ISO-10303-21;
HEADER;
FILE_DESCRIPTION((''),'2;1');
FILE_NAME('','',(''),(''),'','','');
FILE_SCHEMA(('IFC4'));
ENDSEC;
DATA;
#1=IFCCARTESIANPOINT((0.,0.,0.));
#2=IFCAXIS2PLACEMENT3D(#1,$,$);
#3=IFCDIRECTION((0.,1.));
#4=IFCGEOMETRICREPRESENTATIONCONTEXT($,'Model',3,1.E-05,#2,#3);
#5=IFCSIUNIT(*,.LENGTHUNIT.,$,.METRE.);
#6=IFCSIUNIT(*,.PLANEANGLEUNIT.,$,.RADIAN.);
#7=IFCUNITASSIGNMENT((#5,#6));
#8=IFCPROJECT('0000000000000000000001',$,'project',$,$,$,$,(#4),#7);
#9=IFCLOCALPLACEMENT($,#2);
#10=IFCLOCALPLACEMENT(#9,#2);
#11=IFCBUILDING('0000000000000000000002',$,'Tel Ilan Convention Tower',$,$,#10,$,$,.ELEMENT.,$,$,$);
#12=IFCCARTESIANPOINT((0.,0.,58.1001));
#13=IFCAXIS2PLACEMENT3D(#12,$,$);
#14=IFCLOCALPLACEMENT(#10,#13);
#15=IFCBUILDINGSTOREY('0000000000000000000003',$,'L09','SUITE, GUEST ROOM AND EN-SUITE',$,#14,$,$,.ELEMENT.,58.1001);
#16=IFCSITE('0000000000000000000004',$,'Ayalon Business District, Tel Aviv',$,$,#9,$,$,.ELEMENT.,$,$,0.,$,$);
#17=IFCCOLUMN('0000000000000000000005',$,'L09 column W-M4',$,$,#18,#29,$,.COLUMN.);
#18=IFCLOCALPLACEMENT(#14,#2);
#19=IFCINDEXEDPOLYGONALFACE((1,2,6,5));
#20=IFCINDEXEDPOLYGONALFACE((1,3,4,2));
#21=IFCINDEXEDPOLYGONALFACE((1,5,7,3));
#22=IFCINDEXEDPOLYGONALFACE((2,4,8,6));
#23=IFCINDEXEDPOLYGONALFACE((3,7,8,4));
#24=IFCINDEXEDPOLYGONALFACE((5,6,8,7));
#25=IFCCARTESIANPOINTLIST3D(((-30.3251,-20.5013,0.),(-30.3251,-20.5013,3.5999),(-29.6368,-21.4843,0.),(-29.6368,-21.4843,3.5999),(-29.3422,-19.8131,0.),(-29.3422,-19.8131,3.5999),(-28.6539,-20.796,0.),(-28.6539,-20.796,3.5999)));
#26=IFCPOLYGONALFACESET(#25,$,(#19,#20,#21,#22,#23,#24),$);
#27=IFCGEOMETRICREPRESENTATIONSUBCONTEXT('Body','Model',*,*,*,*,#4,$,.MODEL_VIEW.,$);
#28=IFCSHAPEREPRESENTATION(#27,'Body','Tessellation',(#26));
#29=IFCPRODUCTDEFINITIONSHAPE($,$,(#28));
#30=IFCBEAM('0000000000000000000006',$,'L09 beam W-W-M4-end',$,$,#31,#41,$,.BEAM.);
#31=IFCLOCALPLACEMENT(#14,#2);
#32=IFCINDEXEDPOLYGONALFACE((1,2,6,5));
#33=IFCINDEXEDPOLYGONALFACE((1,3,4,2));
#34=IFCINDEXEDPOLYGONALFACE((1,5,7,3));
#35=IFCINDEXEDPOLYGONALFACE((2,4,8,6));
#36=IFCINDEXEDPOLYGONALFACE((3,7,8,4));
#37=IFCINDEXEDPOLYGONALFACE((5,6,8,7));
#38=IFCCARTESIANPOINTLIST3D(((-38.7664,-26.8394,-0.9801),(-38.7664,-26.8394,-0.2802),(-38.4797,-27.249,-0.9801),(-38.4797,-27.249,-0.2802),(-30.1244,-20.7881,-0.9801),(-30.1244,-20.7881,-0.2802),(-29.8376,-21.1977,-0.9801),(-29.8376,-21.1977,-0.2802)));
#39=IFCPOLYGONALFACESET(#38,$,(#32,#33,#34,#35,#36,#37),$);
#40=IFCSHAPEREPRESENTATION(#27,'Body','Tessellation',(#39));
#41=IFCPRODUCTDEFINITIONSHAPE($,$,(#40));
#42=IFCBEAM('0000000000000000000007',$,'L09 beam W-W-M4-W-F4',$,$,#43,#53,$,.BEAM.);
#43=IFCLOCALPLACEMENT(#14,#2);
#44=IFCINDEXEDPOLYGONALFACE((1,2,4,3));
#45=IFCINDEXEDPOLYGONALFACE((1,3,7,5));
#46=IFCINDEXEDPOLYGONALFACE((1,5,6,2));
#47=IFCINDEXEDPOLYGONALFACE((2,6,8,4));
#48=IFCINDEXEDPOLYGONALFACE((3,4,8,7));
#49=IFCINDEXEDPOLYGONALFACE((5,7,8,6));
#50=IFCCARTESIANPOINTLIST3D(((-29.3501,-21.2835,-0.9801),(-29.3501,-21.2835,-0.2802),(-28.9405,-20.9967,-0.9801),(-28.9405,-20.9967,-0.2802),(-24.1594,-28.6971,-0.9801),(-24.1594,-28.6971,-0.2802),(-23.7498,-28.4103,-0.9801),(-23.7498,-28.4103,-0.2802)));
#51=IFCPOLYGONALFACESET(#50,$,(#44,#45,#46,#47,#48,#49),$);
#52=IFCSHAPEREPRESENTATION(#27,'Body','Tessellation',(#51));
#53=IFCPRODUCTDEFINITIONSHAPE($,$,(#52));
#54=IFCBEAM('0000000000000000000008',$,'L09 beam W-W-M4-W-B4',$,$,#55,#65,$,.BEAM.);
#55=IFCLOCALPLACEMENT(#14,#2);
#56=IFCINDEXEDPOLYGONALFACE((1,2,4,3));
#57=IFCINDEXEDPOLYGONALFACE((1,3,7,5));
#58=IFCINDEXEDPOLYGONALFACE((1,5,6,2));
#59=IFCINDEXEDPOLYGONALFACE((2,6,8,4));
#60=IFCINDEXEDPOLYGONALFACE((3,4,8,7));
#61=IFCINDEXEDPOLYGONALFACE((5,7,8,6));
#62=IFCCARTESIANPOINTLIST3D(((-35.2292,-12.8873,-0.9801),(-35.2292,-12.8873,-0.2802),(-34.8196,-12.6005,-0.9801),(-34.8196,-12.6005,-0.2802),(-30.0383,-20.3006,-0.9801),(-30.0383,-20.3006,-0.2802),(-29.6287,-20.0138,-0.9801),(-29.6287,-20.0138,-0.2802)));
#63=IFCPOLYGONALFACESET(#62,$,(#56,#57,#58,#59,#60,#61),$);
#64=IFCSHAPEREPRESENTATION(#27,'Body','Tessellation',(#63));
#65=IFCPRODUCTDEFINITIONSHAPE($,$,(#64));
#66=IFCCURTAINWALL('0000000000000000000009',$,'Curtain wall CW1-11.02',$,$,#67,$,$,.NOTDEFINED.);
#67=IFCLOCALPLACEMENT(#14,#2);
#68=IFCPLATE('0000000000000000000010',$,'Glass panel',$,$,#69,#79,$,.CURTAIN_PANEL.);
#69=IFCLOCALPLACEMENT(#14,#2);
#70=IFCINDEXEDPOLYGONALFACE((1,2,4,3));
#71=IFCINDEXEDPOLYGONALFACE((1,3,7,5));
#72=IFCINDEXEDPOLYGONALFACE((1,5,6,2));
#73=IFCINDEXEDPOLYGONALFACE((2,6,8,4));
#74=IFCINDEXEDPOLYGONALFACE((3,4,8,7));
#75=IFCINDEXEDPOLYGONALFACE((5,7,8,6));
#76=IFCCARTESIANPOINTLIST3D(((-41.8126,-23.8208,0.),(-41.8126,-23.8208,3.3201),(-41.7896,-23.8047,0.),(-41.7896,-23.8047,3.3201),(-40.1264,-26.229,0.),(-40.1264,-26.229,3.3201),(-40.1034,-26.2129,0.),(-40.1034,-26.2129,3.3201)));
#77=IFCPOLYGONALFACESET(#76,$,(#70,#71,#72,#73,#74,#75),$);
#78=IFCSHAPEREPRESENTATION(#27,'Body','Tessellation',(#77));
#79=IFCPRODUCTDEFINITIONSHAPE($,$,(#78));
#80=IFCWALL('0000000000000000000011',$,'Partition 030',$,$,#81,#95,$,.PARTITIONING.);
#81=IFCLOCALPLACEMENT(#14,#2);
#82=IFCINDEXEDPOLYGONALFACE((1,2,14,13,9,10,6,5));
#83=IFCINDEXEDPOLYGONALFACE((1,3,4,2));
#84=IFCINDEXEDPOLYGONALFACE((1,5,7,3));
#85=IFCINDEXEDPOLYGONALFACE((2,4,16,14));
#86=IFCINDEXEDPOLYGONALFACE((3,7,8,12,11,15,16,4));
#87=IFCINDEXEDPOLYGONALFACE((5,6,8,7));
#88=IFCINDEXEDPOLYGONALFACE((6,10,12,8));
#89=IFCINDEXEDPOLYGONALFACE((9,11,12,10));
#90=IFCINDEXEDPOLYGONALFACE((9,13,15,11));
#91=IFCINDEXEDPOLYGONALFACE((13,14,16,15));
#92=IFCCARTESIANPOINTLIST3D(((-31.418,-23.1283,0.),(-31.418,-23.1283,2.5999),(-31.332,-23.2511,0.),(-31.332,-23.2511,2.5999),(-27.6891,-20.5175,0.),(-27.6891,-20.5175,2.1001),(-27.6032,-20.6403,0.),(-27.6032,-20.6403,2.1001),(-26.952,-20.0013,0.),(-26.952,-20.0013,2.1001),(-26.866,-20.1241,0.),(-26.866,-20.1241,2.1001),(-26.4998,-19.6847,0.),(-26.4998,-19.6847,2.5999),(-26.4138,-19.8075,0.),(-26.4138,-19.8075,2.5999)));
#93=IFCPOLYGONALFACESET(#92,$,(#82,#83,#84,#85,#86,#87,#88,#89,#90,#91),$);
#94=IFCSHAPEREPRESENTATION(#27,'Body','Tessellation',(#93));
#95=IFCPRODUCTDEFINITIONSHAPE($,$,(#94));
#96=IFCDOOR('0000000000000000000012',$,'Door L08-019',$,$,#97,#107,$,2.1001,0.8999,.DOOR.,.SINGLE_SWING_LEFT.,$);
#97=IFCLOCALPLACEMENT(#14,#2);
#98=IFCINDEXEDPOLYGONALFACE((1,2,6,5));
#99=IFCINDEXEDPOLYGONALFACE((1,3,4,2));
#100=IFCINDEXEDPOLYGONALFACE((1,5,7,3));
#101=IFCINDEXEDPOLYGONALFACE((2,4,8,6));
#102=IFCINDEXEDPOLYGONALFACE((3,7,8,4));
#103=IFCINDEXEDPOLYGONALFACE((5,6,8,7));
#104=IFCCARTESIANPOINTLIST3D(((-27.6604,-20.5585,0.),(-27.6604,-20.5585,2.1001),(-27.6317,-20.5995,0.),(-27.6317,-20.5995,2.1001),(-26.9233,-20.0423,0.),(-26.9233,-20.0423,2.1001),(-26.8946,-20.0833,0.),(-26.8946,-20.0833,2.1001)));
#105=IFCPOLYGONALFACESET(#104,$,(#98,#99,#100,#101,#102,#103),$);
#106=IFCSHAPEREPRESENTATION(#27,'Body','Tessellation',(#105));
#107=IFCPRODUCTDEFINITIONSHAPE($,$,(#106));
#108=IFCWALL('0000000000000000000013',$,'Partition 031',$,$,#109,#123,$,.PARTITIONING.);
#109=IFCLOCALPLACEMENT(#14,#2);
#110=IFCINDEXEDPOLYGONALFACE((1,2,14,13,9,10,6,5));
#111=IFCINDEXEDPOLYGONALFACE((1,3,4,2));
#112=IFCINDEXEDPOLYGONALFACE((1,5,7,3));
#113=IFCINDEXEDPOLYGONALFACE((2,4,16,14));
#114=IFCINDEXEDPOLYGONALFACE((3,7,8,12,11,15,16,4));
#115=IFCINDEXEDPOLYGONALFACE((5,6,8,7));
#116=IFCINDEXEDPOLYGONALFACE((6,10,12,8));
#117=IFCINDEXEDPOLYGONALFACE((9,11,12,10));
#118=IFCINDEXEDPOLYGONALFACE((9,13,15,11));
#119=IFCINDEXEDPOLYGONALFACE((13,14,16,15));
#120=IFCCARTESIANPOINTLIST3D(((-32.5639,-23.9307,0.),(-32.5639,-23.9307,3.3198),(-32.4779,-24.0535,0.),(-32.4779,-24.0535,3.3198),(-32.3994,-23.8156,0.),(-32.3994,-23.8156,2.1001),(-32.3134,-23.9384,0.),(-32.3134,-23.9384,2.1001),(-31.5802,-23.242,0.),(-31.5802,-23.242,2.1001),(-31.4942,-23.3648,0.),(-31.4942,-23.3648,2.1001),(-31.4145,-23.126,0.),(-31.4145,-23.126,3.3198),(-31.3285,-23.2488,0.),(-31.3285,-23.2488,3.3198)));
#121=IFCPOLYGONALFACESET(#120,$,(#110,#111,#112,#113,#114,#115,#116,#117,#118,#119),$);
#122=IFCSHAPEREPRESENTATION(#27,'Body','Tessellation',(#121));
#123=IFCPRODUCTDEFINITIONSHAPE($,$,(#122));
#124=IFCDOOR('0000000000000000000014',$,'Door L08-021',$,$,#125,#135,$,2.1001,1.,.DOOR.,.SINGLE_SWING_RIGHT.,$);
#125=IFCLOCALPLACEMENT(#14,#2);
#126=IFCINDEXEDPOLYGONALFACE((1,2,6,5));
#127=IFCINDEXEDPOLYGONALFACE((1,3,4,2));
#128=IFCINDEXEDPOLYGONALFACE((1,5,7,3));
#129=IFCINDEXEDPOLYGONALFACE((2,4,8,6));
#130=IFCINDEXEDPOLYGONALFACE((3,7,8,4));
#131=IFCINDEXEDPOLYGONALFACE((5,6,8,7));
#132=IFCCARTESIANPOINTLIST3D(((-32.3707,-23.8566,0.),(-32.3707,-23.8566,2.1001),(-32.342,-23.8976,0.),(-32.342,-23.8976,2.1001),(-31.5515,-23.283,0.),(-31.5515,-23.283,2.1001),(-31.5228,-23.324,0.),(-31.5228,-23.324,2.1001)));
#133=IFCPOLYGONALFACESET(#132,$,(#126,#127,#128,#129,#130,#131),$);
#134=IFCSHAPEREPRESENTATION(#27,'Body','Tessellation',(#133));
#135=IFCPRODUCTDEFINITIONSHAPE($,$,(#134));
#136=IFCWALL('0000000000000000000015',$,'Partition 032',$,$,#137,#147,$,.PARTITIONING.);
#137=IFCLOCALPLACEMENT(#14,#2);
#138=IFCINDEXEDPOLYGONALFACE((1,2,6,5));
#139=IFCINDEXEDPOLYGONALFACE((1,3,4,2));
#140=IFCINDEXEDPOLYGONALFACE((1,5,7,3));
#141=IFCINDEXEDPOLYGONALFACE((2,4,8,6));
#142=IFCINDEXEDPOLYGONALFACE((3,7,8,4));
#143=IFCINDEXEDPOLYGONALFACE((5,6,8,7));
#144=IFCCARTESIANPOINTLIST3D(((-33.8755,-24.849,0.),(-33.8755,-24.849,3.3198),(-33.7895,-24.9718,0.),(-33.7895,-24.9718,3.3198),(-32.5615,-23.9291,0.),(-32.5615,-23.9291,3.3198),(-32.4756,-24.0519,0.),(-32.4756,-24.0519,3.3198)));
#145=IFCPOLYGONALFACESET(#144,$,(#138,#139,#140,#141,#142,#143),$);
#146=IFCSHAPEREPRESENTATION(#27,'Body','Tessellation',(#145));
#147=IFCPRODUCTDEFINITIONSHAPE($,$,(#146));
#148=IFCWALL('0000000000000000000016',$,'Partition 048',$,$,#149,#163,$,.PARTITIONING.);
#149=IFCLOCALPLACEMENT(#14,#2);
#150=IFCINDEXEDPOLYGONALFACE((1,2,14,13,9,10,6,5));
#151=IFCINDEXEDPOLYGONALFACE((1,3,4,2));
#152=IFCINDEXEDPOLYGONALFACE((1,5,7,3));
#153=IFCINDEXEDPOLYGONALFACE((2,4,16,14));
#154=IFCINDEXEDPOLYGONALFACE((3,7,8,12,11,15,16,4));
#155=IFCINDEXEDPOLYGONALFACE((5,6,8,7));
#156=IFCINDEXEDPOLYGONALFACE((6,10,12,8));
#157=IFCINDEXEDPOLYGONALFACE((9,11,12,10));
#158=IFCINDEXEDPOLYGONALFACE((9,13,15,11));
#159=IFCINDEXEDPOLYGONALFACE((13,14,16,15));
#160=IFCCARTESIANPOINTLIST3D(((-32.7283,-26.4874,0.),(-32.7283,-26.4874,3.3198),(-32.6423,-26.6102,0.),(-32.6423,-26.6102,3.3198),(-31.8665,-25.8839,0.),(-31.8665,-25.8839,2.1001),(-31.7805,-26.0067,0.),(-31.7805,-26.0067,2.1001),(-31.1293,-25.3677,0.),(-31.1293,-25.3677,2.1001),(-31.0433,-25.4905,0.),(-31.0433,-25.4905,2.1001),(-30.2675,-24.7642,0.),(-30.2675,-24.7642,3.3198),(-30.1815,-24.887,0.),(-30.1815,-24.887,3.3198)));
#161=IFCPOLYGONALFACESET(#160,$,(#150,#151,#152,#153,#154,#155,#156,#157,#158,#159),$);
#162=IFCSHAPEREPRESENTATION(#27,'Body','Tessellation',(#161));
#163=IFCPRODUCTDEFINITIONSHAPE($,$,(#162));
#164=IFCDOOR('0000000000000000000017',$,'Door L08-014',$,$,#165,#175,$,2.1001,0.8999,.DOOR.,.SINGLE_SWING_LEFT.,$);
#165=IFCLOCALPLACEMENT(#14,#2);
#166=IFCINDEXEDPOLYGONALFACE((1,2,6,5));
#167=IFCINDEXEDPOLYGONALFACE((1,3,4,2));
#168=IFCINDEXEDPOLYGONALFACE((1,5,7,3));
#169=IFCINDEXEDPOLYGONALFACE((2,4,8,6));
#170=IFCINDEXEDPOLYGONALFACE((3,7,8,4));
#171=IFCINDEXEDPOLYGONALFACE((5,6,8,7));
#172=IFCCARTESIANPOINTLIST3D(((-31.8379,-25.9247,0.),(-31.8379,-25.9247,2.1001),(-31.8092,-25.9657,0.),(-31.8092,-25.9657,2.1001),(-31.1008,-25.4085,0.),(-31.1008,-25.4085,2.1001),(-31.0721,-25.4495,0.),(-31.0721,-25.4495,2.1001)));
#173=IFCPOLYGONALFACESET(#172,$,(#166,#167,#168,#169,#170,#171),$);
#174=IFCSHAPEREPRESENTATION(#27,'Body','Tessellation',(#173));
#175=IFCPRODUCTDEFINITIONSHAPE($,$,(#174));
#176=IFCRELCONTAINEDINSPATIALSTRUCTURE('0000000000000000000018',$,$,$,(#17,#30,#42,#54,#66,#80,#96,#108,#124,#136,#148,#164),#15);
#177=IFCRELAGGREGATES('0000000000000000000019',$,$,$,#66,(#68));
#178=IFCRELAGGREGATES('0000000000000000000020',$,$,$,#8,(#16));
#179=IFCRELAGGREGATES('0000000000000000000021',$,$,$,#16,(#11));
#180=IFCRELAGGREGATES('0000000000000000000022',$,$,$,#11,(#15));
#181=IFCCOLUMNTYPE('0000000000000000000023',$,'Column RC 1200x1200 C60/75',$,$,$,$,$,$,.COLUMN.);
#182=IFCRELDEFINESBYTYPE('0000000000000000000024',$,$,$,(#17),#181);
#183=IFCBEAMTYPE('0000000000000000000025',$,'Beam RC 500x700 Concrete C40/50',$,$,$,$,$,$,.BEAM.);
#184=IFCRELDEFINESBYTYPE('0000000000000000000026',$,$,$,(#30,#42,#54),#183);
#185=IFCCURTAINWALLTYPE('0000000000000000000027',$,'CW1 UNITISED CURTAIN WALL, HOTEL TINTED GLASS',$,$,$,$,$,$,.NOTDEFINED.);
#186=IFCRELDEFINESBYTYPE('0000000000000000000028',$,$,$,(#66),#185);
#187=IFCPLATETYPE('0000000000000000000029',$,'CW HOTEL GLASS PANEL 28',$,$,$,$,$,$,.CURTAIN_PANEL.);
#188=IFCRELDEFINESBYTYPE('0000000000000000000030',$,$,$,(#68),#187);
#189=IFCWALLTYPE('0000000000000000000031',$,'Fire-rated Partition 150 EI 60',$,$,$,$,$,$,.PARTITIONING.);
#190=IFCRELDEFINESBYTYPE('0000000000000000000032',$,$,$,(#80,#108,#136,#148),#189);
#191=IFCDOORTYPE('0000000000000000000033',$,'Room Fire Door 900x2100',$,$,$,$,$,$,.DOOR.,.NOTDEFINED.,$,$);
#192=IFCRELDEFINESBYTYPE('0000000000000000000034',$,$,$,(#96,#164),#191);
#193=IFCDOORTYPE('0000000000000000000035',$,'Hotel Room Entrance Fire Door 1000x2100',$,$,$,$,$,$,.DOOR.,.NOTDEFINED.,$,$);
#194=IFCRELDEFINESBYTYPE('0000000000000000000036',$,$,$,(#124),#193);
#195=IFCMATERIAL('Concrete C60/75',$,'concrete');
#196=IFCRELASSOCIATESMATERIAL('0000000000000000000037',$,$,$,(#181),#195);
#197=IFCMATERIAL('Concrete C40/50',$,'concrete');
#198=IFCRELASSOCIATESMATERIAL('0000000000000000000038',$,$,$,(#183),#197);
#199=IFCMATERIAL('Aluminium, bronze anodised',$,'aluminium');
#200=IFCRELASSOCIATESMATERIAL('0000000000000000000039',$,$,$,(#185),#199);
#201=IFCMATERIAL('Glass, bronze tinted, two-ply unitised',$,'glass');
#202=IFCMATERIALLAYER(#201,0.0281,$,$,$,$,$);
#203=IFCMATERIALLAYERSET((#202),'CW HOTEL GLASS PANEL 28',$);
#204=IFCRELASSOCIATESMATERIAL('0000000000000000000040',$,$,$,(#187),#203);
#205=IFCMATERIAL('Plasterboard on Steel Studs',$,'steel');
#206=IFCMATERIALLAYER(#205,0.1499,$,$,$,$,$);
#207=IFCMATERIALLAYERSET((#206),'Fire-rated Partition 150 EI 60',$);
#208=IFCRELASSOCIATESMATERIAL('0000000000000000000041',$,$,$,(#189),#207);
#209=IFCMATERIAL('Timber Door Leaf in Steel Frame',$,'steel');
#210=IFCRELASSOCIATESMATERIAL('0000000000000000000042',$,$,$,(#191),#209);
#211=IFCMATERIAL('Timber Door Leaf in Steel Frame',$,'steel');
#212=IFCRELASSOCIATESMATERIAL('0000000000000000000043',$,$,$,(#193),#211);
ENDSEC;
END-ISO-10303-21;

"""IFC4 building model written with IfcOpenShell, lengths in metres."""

from ifc_helpers import new_model, si_unit, direction, frame, frame_2d, origin, origin_2d, place, context, subcontext, project, spatial, rectangle, extrude, material, layer, layer_set, material_profile, profile_set, type_object, element, fill, aggregate, save


model = new_model("IFC4")

# Units and contexts
model_context = context("Model", 3, precision=1e-05, world=origin(), true_north=direction((0.0, 1.0)))
body_context = subcontext(model_context, "Body", "Model", "MODEL_VIEW")
ifc_project = project(units=[si_unit("LENGTHUNIT", "METRE"), si_unit("PLANEANGLEUNIT", "RADIAN")], contexts=[model_context])

# Site, building, storey
site_placement = place(None, origin())
site = spatial("IfcSite", under=ifc_project, at=site_placement, Name="Ayalon Business District, Tel Aviv", CompositionType="ELEMENT", RefElevation=0.0)
building_placement = place(site_placement, origin())
building = spatial("IfcBuilding", under=site, at=building_placement, Name="Tel Ilan Convention Tower", CompositionType="ELEMENT")
storey_placement = place(building_placement, frame((0.0, 0.0, 58.1001)))
storey = spatial("IfcBuildingStorey", under=building, at=storey_placement, Name="L09", Description="SUITE, GUEST ROOM AND EN-SUITE", CompositionType="ELEMENT", Elevation=58.1001)

# Column
ifc_material_1 = material(Name="Concrete C60/75", Category="concrete")
ifc_material_profile_1 = material_profile(ifc_material_1, rectangle(XDim=1.2, YDim=1.2, at=origin_2d()), Name="RC 1200x1200")
ifc_profile_set_1 = profile_set([ifc_material_profile_1], Name="Concrete C60/75")
column_type = type_object("IfcColumnType", Name="Column RC 1200x1200 C60/75", PredefinedType="COLUMN", material=ifc_profile_set_1)
column_placement = place(storey_placement, frame((-29.4895, -20.6487, 0.0), z_axis=(0.0, 0.0, 1.0), x_axis=(-0.819152, -0.573576, 0.0)))
element("IfcColumn", 1, at=column_placement, inside=storey, type_object=column_type, Name="L09 column W-M4", PredefinedType="COLUMN", context=body_context, shape_type="SweptSolid", body=[
    extrude(rectangle(XDim=1.2, YDim=1.2, at=origin_2d()), origin(), (0.0, 0.0, 1.0), 3.5999),
])

# Beams
ifc_material_2 = material(Name="Concrete C40/50", Category="concrete")
ifc_material_profile_2 = material_profile(ifc_material_2, rectangle(XDim=0.5, YDim=0.7, at=origin_2d()), Name="RC 500x700")
ifc_profile_set_2 = profile_set([ifc_material_profile_2], Name="Concrete C40/50")
beam_type = type_object("IfcBeamType", Name="Beam RC 500x700 Concrete C40/50", PredefinedType="BEAM", material=ifc_profile_set_2)
beam_placement = place(storey_placement, frame((-29.981, -20.9929, -0.6301), z_axis=(-0.819151, -0.573577, 0.0), x_axis=(0.573577, -0.819151, 0.0)))
element("IfcBeam", 2, at=beam_placement, inside=storey, type_object=beam_type, Name="L09 beam W-W-M4-end", PredefinedType="BEAM", context=body_context, shape_type="SweptSolid", body=[
    extrude(rectangle(XDim=0.5, YDim=0.7, at=origin_2d()), origin(), (0.0, 0.0, 1.0), 10.55),
])
for number, where, z_axis, x_axis, name in (
    (3, (-29.1453, -21.1401, -0.6301), (0.573549, -0.819171, 0.0), (0.819171, 0.573549, 0.0), "L09 beam W-W-M4-W-F4"),
    (4, (-29.8335, -20.1572, -0.6301), (-0.57358, 0.81915, 0.0), (-0.81915, -0.57358, 0.0), "L09 beam W-W-M4-W-B4"),
):
    element("IfcBeam", number, at=place(storey_placement, frame(where, z_axis=z_axis, x_axis=x_axis)), inside=storey, type_object=beam_type, Name=name, PredefinedType="BEAM", context=body_context, shape_type="SweptSolid", body=[
        extrude(rectangle(XDim=0.5, YDim=0.7, at=origin_2d()), origin(), (0.0, 0.0, 1.0), 9.05),
    ])

# Curtain wall, plate
ifc_material_3 = material(Name="Aluminium, bronze anodised", Category="aluminium")
curtain_wall_type = type_object("IfcCurtainWallType", Name="CW1 UNITISED CURTAIN WALL, HOTEL TINTED GLASS", PredefinedType="NOTDEFINED", material=ifc_material_3)
curtain_wall_placement = place(storey_placement, origin())
curtain_wall = element("IfcCurtainWall", 5, at=curtain_wall_placement, inside=storey, type_object=curtain_wall_type, Name="Curtain wall CW1-11.02", PredefinedType="NOTDEFINED")
ifc_material_4 = material(Name="Glass, bronze tinted, two-ply unitised", Category="glass")
ifc_layer_1 = layer(ifc_material_4, 0.0281)
ifc_layer_set_1 = layer_set([ifc_layer_1], Name="CW HOTEL GLASS PANEL 28")
plate_type = type_object("IfcPlateType", Name="CW HOTEL GLASS PANEL 28", PredefinedType="CURTAIN_PANEL", material=ifc_layer_set_1)
plate_placement = place(storey_placement, frame((-40.958, -25.0168, 0.0), z_axis=(0.0, 0.0, 1.0), x_axis=(0.573576, -0.819152, 0.0)))
plate = element("IfcPlate", 6, at=plate_placement, type_object=plate_type, Name="Glass panel", PredefinedType="CURTAIN_PANEL", context=body_context, shape_type="SweptSolid", body=[
    extrude(rectangle(XDim=2.9399, YDim=0.0281, at=origin_2d()), origin(), (0.0, 0.0, 1.0), 3.3201),
])
aggregate(curtain_wall, [plate])

# Walls, openings, doors
ifc_material_5 = material(Name="Plasterboard on Steel Studs", Category="steel")
ifc_layer_2 = layer(ifc_material_5, 0.1499)
ifc_layer_set_2 = layer_set([ifc_layer_2], Name="Fire-rated Partition 150 EI 60")
wall_type_1 = type_object("IfcWallType", Name="Fire-rated Partition 150 EI 60", PredefinedType="PARTITIONING", material=ifc_layer_set_2)
wall_1_placement = place(storey_placement, frame((-31.375, -23.1897, 0.0), z_axis=(0.0, 0.0, 1.0), x_axis=(0.819165, 0.573558, 0.0)))
wall_1 = element("IfcWall", 7, at=wall_1_placement, inside=storey, type_object=wall_type_1, Name="Partition 030", PredefinedType="PARTITIONING", context=body_context, shape_type="SweptSolid", body=[
    extrude(rectangle(XDim=6.0039, YDim=0.1499, at=frame_2d((3.002, 0.0))), origin(), (0.0, 0.0, 1.0), 2.5999),
])
opening_1_placement = place(wall_1_placement, frame((4.552, 0.0, 0.0)))
opening_1 = element("IfcOpeningElement", 8, at=opening_1_placement, cuts=wall_1, PredefinedType="OPENING", context=body_context, shape_type="SweptSolid", body=[
    extrude(rectangle(XDim=0.8999, YDim=2.1001, at=frame_2d((0.45, 1.05))), frame((0.0, 0.085, 0.0), z_axis=(0.0, -1.0, 0.0), x_axis=(1.0, 0.0, 0.0)), (0.0, 0.0, 1.0), 0.1699),
])
ifc_material_6 = material(Name="Timber Door Leaf in Steel Frame", Category="steel")
door_type_1 = type_object("IfcDoorType", Name="Room Fire Door 900x2100", OperationType="NOTDEFINED", PredefinedType="DOOR", material=ifc_material_6)
door_1_placement = place(opening_1_placement, origin())
door_1 = element("IfcDoor", 9, at=door_1_placement, inside=storey, type_object=door_type_1, Name="Door L08-019", OperationType="SINGLE_SWING_LEFT", OverallHeight=2.1001, OverallWidth=0.8999, PredefinedType="DOOR", context=body_context, shape_type="SweptSolid", body=[
    extrude(rectangle(XDim=0.8999, YDim=2.1001, at=frame_2d((0.45, 1.05))), frame((0.0, 0.0249, 0.0), z_axis=(0.0, -1.0, 0.0), x_axis=(1.0, 0.0, 0.0)), (0.0, 0.0, 1.0), 0.05),
])
fill(opening_1, door_1)
wall_2_placement = place(storey_placement, frame((-32.521, -23.9922, 0.0), z_axis=(0.0, 0.0, 1.0), x_axis=(0.819199, 0.573509, 0.0)))
wall_2 = element("IfcWall", 10, at=wall_2_placement, inside=storey, type_object=wall_type_1, Name="Partition 031", PredefinedType="PARTITIONING", context=body_context, shape_type="SweptSolid", body=[
    extrude(rectangle(XDim=1.4031, YDim=0.1499, at=frame_2d((0.7017, 0.0))), origin(), (0.0, 0.0, 1.0), 3.3198),
])
opening_2_placement = place(wall_2_placement, frame((0.2009, 0.0, 0.0)))
opening_2 = element("IfcOpeningElement", 11, at=opening_2_placement, cuts=wall_2, PredefinedType="OPENING", context=body_context, shape_type="SweptSolid", body=[
    extrude(rectangle(XDim=1.0, YDim=2.1001, at=frame_2d((0.5, 1.05))), frame((0.0, 0.085, 0.0), z_axis=(0.0, -1.0, 0.0), x_axis=(1.0, 0.0, 0.0)), (0.0, 0.0, 1.0), 0.1699),
])
ifc_material_7 = material(Name="Timber Door Leaf in Steel Frame", Category="steel")
door_type_2 = type_object("IfcDoorType", Name="Hotel Room Entrance Fire Door 1000x2100", OperationType="NOTDEFINED", PredefinedType="DOOR", material=ifc_material_7)
door_2_placement = place(opening_2_placement, origin())
door_2 = element("IfcDoor", 12, at=door_2_placement, inside=storey, type_object=door_type_2, Name="Door L08-021", OperationType="SINGLE_SWING_RIGHT", OverallHeight=2.1001, OverallWidth=1.0, PredefinedType="DOOR", context=body_context, shape_type="SweptSolid", body=[
    extrude(rectangle(XDim=1.0, YDim=2.1001, at=frame_2d((0.5, 1.05))), frame((0.0, 0.0249, 0.0), z_axis=(0.0, -1.0, 0.0), x_axis=(1.0, 0.0, 0.0)), (0.0, 0.0, 1.0), 0.05),
])
fill(opening_2, door_2)

# Wall
wall_3_placement = place(storey_placement, frame((-33.8325, -24.9104, 0.0), z_axis=(0.0, 0.0, 1.0), x_axis=(0.819189, 0.573524, 0.0)))
element("IfcWall", 13, at=wall_3_placement, inside=storey, type_object=wall_type_1, Name="Partition 032", PredefinedType="PARTITIONING", context=body_context, shape_type="SweptSolid", body=[
    extrude(rectangle(XDim=1.604, YDim=0.1499, at=frame_2d((0.802, 0.0))), origin(), (0.0, 0.0, 1.0), 3.3198),
])

# Wall, opening, door
wall_4_placement = place(storey_placement, frame((-30.2246, -24.8257, 0.0), z_axis=(0.0, 0.0, 1.0), x_axis=(-0.819129, -0.57361, 0.0)))
wall_4 = element("IfcWall", 14, at=wall_4_placement, inside=storey, type_object=wall_type_1, Name="Partition 048", PredefinedType="PARTITIONING", context=body_context, shape_type="SweptSolid", body=[
    extrude(rectangle(XDim=3.0042, YDim=0.1499, at=frame_2d((1.502, 0.0))), origin(), (0.0, 0.0, 1.0), 3.3198),
])
opening_3_placement = place(wall_4_placement, frame((1.052, 0.0, 0.0)))
opening_3 = element("IfcOpeningElement", 15, at=opening_3_placement, cuts=wall_4, PredefinedType="OPENING", context=body_context, shape_type="SweptSolid", body=[
    extrude(rectangle(XDim=0.8999, YDim=2.1001, at=frame_2d((0.45, 1.05))), frame((0.0, 0.085, 0.0), z_axis=(0.0, -1.0, 0.0), x_axis=(1.0, 0.0, 0.0)), (0.0, 0.0, 1.0), 0.1699),
])
door_3_placement = place(opening_3_placement, origin())
door_3 = element("IfcDoor", 16, at=door_3_placement, inside=storey, type_object=door_type_1, Name="Door L08-014", OperationType="SINGLE_SWING_LEFT", OverallHeight=2.1001, OverallWidth=0.8999, PredefinedType="DOOR", context=body_context, shape_type="SweptSolid", body=[
    extrude(rectangle(XDim=0.8999, YDim=2.1001, at=frame_2d((0.45, 1.05))), frame((0.0, 0.0249, 0.0), z_axis=(0.0, -1.0, 0.0), x_axis=(1.0, 0.0, 0.0)), (0.0, 0.0, 1.0), 0.05),
])
fill(opening_3, door_3)

save(model, "model.ifc")
